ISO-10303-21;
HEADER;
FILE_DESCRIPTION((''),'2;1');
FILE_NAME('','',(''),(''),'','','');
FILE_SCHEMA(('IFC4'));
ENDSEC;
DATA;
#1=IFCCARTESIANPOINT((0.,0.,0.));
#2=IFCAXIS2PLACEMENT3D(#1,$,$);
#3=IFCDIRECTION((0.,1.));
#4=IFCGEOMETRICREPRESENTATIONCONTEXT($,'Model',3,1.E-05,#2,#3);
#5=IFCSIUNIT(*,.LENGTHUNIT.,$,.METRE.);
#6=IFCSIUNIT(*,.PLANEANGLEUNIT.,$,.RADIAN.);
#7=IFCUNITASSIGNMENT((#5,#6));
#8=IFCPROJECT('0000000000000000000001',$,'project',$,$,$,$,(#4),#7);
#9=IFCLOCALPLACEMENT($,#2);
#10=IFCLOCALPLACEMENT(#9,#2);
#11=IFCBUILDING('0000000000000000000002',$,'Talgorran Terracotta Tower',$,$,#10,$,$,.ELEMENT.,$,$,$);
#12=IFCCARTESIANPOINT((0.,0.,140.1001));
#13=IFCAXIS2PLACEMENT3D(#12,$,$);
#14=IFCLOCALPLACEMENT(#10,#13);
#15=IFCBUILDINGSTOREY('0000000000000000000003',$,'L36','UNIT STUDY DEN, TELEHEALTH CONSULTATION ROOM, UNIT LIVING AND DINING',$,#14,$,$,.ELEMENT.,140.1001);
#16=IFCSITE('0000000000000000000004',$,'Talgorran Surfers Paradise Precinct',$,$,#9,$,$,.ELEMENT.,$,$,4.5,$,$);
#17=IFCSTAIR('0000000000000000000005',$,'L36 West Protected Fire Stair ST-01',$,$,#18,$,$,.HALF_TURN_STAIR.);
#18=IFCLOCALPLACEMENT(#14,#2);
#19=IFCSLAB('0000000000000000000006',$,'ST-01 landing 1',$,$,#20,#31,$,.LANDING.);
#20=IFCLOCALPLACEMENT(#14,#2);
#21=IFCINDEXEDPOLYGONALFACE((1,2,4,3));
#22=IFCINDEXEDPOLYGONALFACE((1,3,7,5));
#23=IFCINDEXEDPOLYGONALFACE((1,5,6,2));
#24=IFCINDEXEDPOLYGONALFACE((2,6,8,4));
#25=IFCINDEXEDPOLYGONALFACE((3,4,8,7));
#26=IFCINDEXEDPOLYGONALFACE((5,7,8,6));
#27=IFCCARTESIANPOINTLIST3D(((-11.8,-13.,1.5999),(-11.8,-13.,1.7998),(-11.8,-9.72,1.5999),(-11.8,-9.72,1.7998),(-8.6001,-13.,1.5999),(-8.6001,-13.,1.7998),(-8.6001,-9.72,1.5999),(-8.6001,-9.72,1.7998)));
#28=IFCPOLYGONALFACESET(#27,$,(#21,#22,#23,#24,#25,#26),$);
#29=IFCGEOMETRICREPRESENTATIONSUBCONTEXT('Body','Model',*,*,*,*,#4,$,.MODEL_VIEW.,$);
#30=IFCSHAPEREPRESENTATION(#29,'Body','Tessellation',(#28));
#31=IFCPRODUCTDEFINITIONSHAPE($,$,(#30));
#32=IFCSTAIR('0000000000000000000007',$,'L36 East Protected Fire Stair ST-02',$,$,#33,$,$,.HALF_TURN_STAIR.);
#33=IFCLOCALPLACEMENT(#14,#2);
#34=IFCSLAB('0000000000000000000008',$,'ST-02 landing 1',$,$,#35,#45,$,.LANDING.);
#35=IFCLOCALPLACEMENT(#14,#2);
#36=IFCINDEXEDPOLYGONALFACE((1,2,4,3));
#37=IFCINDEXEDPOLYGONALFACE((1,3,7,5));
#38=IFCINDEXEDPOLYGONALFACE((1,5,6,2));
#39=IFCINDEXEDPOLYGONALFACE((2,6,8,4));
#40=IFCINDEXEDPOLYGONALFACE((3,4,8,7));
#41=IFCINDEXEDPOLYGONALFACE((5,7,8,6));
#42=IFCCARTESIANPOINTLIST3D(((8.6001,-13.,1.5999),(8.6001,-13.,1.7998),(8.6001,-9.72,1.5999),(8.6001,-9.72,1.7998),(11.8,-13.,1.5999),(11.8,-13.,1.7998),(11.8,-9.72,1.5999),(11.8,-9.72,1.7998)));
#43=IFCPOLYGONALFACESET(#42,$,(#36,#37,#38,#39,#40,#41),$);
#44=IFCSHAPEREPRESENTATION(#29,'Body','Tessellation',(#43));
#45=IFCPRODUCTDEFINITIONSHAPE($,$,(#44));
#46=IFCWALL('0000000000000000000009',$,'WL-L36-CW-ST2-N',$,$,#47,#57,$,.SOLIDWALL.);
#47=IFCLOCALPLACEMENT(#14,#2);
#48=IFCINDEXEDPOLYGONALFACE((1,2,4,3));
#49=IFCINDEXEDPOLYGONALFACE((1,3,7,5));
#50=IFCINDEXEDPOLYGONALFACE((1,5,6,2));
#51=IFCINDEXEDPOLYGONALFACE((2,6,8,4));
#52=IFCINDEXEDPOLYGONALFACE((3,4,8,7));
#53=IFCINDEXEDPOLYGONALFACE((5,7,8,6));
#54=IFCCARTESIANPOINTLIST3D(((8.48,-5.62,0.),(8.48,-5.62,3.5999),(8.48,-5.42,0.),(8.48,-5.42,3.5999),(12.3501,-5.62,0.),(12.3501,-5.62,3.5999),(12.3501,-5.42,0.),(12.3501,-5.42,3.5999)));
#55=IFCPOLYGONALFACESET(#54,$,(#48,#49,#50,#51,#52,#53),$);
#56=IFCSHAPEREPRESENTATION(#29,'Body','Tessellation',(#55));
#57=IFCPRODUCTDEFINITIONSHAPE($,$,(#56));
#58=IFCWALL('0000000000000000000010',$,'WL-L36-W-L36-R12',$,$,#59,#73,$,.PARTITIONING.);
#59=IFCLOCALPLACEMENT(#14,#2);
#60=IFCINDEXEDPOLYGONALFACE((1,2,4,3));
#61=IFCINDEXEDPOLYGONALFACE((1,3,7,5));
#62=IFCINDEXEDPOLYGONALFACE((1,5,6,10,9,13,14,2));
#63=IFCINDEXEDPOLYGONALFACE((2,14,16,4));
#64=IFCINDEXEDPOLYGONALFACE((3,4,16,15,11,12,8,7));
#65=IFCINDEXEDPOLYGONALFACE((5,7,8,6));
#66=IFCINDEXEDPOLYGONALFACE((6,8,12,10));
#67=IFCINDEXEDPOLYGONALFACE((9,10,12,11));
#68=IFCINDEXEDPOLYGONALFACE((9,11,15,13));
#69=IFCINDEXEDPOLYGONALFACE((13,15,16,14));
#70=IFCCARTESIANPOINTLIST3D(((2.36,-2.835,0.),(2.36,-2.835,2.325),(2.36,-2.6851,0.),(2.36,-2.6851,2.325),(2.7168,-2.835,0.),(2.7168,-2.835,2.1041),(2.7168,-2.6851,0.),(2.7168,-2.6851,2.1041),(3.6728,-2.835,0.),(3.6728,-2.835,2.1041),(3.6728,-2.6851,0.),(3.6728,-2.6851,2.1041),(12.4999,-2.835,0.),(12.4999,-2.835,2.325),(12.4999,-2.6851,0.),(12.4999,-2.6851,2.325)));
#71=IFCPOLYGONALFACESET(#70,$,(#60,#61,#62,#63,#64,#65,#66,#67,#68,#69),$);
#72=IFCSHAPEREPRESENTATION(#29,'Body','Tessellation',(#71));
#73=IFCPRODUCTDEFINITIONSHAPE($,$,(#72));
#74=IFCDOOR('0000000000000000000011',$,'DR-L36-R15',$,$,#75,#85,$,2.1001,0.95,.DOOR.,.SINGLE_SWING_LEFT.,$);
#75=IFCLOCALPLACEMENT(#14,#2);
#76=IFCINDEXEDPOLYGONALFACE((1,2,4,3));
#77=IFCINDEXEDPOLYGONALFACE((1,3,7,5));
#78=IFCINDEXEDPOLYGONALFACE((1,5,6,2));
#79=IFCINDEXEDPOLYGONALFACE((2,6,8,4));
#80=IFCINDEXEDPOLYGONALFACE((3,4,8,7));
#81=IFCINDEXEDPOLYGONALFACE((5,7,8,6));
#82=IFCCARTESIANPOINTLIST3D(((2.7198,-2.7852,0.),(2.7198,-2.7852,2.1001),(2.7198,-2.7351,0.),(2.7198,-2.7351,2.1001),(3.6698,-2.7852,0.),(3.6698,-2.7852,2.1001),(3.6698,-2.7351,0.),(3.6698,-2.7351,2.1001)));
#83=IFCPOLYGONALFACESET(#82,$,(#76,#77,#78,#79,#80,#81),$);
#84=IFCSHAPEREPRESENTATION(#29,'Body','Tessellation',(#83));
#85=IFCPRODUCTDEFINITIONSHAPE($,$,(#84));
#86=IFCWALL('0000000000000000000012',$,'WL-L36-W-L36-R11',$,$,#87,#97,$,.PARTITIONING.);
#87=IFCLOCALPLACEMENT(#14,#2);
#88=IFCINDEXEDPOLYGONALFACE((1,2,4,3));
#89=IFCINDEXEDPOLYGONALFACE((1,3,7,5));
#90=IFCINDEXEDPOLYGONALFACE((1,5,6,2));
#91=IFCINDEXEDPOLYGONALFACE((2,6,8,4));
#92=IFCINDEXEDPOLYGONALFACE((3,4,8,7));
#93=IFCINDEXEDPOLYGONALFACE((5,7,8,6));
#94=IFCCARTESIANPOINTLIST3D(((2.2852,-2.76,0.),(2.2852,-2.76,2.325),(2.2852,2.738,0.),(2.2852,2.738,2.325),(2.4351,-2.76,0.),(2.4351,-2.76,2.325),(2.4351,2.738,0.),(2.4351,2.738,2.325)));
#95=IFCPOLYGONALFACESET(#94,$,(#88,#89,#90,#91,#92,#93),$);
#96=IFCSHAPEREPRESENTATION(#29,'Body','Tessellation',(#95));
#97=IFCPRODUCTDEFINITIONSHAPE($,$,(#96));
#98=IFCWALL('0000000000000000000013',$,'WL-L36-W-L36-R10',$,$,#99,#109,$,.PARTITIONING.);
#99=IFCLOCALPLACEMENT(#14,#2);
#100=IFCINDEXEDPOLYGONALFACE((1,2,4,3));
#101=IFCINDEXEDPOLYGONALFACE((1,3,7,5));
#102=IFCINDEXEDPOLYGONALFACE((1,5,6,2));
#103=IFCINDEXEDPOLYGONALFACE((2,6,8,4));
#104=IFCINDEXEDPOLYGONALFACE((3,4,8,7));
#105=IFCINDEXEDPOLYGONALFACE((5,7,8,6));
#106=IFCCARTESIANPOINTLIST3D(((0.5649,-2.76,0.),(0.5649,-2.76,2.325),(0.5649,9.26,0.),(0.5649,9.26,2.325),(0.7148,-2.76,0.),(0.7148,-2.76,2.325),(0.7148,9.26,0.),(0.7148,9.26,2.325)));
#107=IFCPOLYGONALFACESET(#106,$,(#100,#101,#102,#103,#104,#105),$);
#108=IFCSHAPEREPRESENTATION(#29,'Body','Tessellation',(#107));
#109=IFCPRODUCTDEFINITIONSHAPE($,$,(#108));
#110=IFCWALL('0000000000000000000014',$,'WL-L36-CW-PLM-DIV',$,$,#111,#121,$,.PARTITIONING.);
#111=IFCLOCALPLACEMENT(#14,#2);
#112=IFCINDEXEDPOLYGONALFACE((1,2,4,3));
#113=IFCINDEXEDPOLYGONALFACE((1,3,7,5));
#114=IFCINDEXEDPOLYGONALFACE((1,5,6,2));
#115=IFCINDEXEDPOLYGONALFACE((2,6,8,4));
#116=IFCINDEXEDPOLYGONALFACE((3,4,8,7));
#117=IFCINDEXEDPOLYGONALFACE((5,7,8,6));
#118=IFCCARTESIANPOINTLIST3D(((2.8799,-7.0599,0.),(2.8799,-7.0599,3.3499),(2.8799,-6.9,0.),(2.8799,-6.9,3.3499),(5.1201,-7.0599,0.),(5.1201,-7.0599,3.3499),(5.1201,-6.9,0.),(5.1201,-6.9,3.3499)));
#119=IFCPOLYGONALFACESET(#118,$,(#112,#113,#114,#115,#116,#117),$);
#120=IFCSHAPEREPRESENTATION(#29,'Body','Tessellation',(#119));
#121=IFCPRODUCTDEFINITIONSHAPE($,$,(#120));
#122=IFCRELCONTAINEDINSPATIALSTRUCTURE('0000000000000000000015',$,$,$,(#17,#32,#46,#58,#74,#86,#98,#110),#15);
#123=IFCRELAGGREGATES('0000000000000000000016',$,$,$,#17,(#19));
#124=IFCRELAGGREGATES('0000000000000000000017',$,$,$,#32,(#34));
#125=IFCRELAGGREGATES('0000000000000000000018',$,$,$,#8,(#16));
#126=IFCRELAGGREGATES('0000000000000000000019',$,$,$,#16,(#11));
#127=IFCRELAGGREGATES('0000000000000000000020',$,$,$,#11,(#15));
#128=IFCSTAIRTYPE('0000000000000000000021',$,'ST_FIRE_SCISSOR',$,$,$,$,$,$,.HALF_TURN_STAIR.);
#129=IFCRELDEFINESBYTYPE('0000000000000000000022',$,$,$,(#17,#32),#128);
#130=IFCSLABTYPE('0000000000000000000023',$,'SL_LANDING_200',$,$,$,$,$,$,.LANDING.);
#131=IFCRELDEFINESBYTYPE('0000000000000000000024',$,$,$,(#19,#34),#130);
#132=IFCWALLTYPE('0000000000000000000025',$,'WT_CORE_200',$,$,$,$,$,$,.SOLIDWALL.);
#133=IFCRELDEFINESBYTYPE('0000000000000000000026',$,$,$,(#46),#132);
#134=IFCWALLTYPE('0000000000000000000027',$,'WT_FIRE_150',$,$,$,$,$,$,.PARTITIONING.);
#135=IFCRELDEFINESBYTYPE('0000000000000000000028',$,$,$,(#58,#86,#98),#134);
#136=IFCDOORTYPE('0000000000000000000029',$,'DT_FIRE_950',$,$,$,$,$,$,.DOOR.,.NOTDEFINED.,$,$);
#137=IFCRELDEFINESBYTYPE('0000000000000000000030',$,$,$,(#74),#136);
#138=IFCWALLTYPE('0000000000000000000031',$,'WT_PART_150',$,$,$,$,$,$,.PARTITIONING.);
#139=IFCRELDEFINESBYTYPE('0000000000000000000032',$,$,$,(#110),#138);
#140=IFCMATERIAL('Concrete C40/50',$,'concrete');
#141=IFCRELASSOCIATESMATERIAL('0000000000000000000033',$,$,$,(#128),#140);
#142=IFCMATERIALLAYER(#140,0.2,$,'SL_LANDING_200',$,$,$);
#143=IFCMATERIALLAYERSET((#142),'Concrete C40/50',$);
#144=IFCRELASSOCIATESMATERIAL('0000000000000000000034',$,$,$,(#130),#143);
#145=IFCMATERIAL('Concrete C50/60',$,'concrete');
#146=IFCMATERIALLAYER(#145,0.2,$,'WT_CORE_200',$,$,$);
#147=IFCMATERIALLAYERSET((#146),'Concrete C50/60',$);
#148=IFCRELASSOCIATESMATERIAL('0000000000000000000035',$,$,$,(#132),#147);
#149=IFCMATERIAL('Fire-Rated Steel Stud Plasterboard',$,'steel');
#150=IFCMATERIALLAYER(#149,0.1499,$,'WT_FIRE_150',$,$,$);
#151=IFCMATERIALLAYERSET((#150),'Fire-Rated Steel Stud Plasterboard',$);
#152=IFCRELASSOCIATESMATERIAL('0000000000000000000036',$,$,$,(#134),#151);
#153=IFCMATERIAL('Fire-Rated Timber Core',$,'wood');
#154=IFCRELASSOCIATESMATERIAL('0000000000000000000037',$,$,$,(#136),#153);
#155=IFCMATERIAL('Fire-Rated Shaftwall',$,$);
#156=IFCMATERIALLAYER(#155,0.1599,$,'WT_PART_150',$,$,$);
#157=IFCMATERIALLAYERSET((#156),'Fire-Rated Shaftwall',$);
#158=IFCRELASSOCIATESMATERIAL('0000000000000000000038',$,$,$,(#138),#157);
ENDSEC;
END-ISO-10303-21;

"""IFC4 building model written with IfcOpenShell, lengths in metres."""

from ifc_helpers import new_model, si_unit, direction, frame, frame_2d, origin, place, context, subcontext, project, spatial, polyline, rectangle, outline, extrude, material, layer, layer_set, type_object, element, fill, aggregate, save


model = new_model("IFC4")

# Units and contexts
model_context = context("Model", 3, precision=1e-05, world=origin(), true_north=direction((0.0, 1.0)))
body_context = subcontext(model_context, "Body", "Model", "MODEL_VIEW")
ifc_project = project(units=[si_unit("LENGTHUNIT", "METRE"), si_unit("PLANEANGLEUNIT", "RADIAN")], contexts=[model_context])

# Site, building, storey
site_placement = place(None, origin())
site = spatial("IfcSite", under=ifc_project, at=site_placement, Name="Talgorran Surfers Paradise Precinct", CompositionType="ELEMENT", RefElevation=4.5)
building_placement = place(site_placement, origin())
building = spatial("IfcBuilding", under=site, at=building_placement, Name="Talgorran Terracotta Tower", CompositionType="ELEMENT")
storey_placement = place(building_placement, frame((0.0, 0.0, 140.1001)))
storey = spatial("IfcBuildingStorey", under=building, at=storey_placement, Name="L36", Description="UNIT STUDY DEN, TELEHEALTH CONSULTATION ROOM, UNIT LIVING AND DINING", CompositionType="ELEMENT", Elevation=140.1001)

# Stairs, slabs
ifc_material_1 = material(Name="Concrete C40/50", Category="concrete")
stair_type = type_object("IfcStairType", Name="ST_FIRE_SCISSOR", PredefinedType="HALF_TURN_STAIR", material=ifc_material_1)
stair_1_placement = place(storey_placement, origin())
stair_1 = element("IfcStair", 1, at=stair_1_placement, inside=storey, type_object=stair_type, Name="L36 West Protected Fire Stair ST-01", PredefinedType="HALF_TURN_STAIR")
ifc_layer_1 = layer(ifc_material_1, 0.2, Name="SL_LANDING_200")
ifc_layer_set_1 = layer_set([ifc_layer_1], Name="Concrete C40/50")
slab_type = type_object("IfcSlabType", Name="SL_LANDING_200", PredefinedType="LANDING", material=ifc_layer_set_1)
slab_1_placement = place(storey_placement, frame((0.0, 0.0, 1.5999)))
slab_1 = element("IfcSlab", 2, at=slab_1_placement, type_object=slab_type, Name="ST-01 landing 1", PredefinedType="LANDING", context=body_context, shape_type="SweptSolid", body=[
    extrude(outline(polyline([(-11.8, -9.72), (-11.8, -13.0), (-8.6001, -13.0), (-8.6001, -9.72), (-11.8, -9.72)])), origin(), (0.0, 0.0, 1.0), 0.2),
])
aggregate(stair_1, [slab_1])
stair_2_placement = place(storey_placement, origin())
stair_2 = element("IfcStair", 3, at=stair_2_placement, inside=storey, type_object=stair_type, Name="L36 East Protected Fire Stair ST-02", PredefinedType="HALF_TURN_STAIR")
slab_2_placement = place(storey_placement, frame((0.0, 0.0, 1.5999)))
slab_2 = element("IfcSlab", 4, at=slab_2_placement, type_object=slab_type, Name="ST-02 landing 1", PredefinedType="LANDING", context=body_context, shape_type="SweptSolid", body=[
    extrude(outline(polyline([(8.6001, -9.72), (8.6001, -13.0), (11.8, -13.0), (11.8, -9.72), (8.6001, -9.72)])), origin(), (0.0, 0.0, 1.0), 0.2),
])
aggregate(stair_2, [slab_2])

# Wall
ifc_material_2 = material(Name="Concrete C50/60", Category="concrete")
ifc_layer_2 = layer(ifc_material_2, 0.2, Name="WT_CORE_200")
ifc_layer_set_2 = layer_set([ifc_layer_2], Name="Concrete C50/60")
wall_type_1 = type_object("IfcWallType", Name="WT_CORE_200", PredefinedType="SOLIDWALL", material=ifc_layer_set_2)
wall_1_placement = place(storey_placement, frame((8.48, -5.52, 0.0), z_axis=(0.0, 0.0, 1.0), x_axis=(1.0, 0.0, 0.0)))
element("IfcWall", 5, at=wall_1_placement, inside=storey, type_object=wall_type_1, Name="WL-L36-CW-ST2-N", PredefinedType="SOLIDWALL", context=body_context, shape_type="SweptSolid", body=[
    extrude(rectangle(XDim=3.8701, YDim=0.2, at=frame_2d((1.9351, 0.0))), origin(), (0.0, 0.0, 1.0), 3.5999),
])

# Wall, opening, door
ifc_material_3 = material(Name="Fire-Rated Steel Stud Plasterboard", Category="steel")
ifc_layer_3 = layer(ifc_material_3, 0.1499, Name="WT_FIRE_150")
ifc_layer_set_3 = layer_set([ifc_layer_3], Name="Fire-Rated Steel Stud Plasterboard")
wall_type_2 = type_object("IfcWallType", Name="WT_FIRE_150", PredefinedType="PARTITIONING", material=ifc_layer_set_3)
wall_2_placement = place(storey_placement, frame((2.3601, -2.76, 0.0), z_axis=(0.0, 0.0, 1.0), x_axis=(1.0, 0.0, 0.0)))
wall_2 = element("IfcWall", 6, at=wall_2_placement, inside=storey, type_object=wall_type_2, Name="WL-L36-W-L36-R12", PredefinedType="PARTITIONING", context=body_context, shape_type="SweptSolid", body=[
    extrude(rectangle(XDim=10.1399, YDim=0.1499, at=frame_2d((5.0698, 0.0))), origin(), (0.0, 0.0, 1.0), 2.325),
])
opening_placement = place(wall_2_placement, frame((0.3596, 0.0, 0.0)))
opening = element("IfcOpeningElement", 7, at=opening_placement, cuts=wall_2, PredefinedType="OPENING", context=body_context, shape_type="SweptSolid", body=[
    extrude(rectangle(XDim=0.956, YDim=2.1041, at=frame_2d((0.4751, 1.052))), frame((0.0, 0.085, 0.0), z_axis=(0.0, -1.0, 0.0), x_axis=(1.0, 0.0, 0.0)), (0.0, 0.0, 1.0), 0.1699),
])
ifc_material_4 = material(Name="Fire-Rated Timber Core", Category="wood")
door_type = type_object("IfcDoorType", Name="DT_FIRE_950", OperationType="NOTDEFINED", PredefinedType="DOOR", material=ifc_material_4)
door_placement = place(opening_placement, origin())
door = element("IfcDoor", 8, at=door_placement, inside=storey, type_object=door_type, Name="DR-L36-R15", OperationType="SINGLE_SWING_LEFT", OverallHeight=2.1001, OverallWidth=0.95, PredefinedType="DOOR", context=body_context, shape_type="SweptSolid", body=[
    extrude(rectangle(XDim=0.95, YDim=2.1001, at=frame_2d((0.4751, 1.05))), frame((0.0, 0.0249, 0.0), z_axis=(0.0, -1.0, 0.0), x_axis=(1.0, 0.0, 0.0)), (0.0, 0.0, 1.0), 0.05),
])
fill(opening, door)

# Walls
wall_3_placement = place(storey_placement, frame((2.3601, -2.76, 0.0), z_axis=(0.0, 0.0, 1.0), x_axis=(0.0, 1.0, 0.0)))
element("IfcWall", 9, at=wall_3_placement, inside=storey, type_object=wall_type_2, Name="WL-L36-W-L36-R11", PredefinedType="PARTITIONING", context=body_context, shape_type="SweptSolid", body=[
    extrude(rectangle(XDim=5.498, YDim=0.1499, at=frame_2d((2.749, 0.0))), origin(), (0.0, 0.0, 1.0), 2.325),
])
wall_4_placement = place(storey_placement, frame((0.6399, -2.76, 0.0), z_axis=(0.0, 0.0, 1.0), x_axis=(0.0, 1.0, 0.0)))
element("IfcWall", 10, at=wall_4_placement, inside=storey, type_object=wall_type_2, Name="WL-L36-W-L36-R10", PredefinedType="PARTITIONING", context=body_context, shape_type="SweptSolid", body=[
    extrude(rectangle(XDim=12.02, YDim=0.1499, at=frame_2d((6.01, 0.0))), origin(), (0.0, 0.0, 1.0), 2.325),
])
ifc_material_5 = material(Name="Fire-Rated Shaftwall")
ifc_layer_4 = layer(ifc_material_5, 0.1599, Name="WT_PART_150")
ifc_layer_set_4 = layer_set([ifc_layer_4], Name="Fire-Rated Shaftwall")
wall_type_3 = type_object("IfcWallType", Name="WT_PART_150", PredefinedType="PARTITIONING", material=ifc_layer_set_4)
wall_5_placement = place(storey_placement, frame((2.8799, -6.98, 0.0), z_axis=(0.0, 0.0, 1.0), x_axis=(1.0, 0.0, 0.0)))
element("IfcWall", 11, at=wall_5_placement, inside=storey, type_object=wall_type_3, Name="WL-L36-CW-PLM-DIV", PredefinedType="PARTITIONING", context=body_context, shape_type="SweptSolid", body=[
    extrude(rectangle(XDim=2.2402, YDim=0.1599, at=frame_2d((1.1201, 0.0))), origin(), (0.0, 0.0, 1.0), 3.3499),
])

save(model, "model.ifc")
